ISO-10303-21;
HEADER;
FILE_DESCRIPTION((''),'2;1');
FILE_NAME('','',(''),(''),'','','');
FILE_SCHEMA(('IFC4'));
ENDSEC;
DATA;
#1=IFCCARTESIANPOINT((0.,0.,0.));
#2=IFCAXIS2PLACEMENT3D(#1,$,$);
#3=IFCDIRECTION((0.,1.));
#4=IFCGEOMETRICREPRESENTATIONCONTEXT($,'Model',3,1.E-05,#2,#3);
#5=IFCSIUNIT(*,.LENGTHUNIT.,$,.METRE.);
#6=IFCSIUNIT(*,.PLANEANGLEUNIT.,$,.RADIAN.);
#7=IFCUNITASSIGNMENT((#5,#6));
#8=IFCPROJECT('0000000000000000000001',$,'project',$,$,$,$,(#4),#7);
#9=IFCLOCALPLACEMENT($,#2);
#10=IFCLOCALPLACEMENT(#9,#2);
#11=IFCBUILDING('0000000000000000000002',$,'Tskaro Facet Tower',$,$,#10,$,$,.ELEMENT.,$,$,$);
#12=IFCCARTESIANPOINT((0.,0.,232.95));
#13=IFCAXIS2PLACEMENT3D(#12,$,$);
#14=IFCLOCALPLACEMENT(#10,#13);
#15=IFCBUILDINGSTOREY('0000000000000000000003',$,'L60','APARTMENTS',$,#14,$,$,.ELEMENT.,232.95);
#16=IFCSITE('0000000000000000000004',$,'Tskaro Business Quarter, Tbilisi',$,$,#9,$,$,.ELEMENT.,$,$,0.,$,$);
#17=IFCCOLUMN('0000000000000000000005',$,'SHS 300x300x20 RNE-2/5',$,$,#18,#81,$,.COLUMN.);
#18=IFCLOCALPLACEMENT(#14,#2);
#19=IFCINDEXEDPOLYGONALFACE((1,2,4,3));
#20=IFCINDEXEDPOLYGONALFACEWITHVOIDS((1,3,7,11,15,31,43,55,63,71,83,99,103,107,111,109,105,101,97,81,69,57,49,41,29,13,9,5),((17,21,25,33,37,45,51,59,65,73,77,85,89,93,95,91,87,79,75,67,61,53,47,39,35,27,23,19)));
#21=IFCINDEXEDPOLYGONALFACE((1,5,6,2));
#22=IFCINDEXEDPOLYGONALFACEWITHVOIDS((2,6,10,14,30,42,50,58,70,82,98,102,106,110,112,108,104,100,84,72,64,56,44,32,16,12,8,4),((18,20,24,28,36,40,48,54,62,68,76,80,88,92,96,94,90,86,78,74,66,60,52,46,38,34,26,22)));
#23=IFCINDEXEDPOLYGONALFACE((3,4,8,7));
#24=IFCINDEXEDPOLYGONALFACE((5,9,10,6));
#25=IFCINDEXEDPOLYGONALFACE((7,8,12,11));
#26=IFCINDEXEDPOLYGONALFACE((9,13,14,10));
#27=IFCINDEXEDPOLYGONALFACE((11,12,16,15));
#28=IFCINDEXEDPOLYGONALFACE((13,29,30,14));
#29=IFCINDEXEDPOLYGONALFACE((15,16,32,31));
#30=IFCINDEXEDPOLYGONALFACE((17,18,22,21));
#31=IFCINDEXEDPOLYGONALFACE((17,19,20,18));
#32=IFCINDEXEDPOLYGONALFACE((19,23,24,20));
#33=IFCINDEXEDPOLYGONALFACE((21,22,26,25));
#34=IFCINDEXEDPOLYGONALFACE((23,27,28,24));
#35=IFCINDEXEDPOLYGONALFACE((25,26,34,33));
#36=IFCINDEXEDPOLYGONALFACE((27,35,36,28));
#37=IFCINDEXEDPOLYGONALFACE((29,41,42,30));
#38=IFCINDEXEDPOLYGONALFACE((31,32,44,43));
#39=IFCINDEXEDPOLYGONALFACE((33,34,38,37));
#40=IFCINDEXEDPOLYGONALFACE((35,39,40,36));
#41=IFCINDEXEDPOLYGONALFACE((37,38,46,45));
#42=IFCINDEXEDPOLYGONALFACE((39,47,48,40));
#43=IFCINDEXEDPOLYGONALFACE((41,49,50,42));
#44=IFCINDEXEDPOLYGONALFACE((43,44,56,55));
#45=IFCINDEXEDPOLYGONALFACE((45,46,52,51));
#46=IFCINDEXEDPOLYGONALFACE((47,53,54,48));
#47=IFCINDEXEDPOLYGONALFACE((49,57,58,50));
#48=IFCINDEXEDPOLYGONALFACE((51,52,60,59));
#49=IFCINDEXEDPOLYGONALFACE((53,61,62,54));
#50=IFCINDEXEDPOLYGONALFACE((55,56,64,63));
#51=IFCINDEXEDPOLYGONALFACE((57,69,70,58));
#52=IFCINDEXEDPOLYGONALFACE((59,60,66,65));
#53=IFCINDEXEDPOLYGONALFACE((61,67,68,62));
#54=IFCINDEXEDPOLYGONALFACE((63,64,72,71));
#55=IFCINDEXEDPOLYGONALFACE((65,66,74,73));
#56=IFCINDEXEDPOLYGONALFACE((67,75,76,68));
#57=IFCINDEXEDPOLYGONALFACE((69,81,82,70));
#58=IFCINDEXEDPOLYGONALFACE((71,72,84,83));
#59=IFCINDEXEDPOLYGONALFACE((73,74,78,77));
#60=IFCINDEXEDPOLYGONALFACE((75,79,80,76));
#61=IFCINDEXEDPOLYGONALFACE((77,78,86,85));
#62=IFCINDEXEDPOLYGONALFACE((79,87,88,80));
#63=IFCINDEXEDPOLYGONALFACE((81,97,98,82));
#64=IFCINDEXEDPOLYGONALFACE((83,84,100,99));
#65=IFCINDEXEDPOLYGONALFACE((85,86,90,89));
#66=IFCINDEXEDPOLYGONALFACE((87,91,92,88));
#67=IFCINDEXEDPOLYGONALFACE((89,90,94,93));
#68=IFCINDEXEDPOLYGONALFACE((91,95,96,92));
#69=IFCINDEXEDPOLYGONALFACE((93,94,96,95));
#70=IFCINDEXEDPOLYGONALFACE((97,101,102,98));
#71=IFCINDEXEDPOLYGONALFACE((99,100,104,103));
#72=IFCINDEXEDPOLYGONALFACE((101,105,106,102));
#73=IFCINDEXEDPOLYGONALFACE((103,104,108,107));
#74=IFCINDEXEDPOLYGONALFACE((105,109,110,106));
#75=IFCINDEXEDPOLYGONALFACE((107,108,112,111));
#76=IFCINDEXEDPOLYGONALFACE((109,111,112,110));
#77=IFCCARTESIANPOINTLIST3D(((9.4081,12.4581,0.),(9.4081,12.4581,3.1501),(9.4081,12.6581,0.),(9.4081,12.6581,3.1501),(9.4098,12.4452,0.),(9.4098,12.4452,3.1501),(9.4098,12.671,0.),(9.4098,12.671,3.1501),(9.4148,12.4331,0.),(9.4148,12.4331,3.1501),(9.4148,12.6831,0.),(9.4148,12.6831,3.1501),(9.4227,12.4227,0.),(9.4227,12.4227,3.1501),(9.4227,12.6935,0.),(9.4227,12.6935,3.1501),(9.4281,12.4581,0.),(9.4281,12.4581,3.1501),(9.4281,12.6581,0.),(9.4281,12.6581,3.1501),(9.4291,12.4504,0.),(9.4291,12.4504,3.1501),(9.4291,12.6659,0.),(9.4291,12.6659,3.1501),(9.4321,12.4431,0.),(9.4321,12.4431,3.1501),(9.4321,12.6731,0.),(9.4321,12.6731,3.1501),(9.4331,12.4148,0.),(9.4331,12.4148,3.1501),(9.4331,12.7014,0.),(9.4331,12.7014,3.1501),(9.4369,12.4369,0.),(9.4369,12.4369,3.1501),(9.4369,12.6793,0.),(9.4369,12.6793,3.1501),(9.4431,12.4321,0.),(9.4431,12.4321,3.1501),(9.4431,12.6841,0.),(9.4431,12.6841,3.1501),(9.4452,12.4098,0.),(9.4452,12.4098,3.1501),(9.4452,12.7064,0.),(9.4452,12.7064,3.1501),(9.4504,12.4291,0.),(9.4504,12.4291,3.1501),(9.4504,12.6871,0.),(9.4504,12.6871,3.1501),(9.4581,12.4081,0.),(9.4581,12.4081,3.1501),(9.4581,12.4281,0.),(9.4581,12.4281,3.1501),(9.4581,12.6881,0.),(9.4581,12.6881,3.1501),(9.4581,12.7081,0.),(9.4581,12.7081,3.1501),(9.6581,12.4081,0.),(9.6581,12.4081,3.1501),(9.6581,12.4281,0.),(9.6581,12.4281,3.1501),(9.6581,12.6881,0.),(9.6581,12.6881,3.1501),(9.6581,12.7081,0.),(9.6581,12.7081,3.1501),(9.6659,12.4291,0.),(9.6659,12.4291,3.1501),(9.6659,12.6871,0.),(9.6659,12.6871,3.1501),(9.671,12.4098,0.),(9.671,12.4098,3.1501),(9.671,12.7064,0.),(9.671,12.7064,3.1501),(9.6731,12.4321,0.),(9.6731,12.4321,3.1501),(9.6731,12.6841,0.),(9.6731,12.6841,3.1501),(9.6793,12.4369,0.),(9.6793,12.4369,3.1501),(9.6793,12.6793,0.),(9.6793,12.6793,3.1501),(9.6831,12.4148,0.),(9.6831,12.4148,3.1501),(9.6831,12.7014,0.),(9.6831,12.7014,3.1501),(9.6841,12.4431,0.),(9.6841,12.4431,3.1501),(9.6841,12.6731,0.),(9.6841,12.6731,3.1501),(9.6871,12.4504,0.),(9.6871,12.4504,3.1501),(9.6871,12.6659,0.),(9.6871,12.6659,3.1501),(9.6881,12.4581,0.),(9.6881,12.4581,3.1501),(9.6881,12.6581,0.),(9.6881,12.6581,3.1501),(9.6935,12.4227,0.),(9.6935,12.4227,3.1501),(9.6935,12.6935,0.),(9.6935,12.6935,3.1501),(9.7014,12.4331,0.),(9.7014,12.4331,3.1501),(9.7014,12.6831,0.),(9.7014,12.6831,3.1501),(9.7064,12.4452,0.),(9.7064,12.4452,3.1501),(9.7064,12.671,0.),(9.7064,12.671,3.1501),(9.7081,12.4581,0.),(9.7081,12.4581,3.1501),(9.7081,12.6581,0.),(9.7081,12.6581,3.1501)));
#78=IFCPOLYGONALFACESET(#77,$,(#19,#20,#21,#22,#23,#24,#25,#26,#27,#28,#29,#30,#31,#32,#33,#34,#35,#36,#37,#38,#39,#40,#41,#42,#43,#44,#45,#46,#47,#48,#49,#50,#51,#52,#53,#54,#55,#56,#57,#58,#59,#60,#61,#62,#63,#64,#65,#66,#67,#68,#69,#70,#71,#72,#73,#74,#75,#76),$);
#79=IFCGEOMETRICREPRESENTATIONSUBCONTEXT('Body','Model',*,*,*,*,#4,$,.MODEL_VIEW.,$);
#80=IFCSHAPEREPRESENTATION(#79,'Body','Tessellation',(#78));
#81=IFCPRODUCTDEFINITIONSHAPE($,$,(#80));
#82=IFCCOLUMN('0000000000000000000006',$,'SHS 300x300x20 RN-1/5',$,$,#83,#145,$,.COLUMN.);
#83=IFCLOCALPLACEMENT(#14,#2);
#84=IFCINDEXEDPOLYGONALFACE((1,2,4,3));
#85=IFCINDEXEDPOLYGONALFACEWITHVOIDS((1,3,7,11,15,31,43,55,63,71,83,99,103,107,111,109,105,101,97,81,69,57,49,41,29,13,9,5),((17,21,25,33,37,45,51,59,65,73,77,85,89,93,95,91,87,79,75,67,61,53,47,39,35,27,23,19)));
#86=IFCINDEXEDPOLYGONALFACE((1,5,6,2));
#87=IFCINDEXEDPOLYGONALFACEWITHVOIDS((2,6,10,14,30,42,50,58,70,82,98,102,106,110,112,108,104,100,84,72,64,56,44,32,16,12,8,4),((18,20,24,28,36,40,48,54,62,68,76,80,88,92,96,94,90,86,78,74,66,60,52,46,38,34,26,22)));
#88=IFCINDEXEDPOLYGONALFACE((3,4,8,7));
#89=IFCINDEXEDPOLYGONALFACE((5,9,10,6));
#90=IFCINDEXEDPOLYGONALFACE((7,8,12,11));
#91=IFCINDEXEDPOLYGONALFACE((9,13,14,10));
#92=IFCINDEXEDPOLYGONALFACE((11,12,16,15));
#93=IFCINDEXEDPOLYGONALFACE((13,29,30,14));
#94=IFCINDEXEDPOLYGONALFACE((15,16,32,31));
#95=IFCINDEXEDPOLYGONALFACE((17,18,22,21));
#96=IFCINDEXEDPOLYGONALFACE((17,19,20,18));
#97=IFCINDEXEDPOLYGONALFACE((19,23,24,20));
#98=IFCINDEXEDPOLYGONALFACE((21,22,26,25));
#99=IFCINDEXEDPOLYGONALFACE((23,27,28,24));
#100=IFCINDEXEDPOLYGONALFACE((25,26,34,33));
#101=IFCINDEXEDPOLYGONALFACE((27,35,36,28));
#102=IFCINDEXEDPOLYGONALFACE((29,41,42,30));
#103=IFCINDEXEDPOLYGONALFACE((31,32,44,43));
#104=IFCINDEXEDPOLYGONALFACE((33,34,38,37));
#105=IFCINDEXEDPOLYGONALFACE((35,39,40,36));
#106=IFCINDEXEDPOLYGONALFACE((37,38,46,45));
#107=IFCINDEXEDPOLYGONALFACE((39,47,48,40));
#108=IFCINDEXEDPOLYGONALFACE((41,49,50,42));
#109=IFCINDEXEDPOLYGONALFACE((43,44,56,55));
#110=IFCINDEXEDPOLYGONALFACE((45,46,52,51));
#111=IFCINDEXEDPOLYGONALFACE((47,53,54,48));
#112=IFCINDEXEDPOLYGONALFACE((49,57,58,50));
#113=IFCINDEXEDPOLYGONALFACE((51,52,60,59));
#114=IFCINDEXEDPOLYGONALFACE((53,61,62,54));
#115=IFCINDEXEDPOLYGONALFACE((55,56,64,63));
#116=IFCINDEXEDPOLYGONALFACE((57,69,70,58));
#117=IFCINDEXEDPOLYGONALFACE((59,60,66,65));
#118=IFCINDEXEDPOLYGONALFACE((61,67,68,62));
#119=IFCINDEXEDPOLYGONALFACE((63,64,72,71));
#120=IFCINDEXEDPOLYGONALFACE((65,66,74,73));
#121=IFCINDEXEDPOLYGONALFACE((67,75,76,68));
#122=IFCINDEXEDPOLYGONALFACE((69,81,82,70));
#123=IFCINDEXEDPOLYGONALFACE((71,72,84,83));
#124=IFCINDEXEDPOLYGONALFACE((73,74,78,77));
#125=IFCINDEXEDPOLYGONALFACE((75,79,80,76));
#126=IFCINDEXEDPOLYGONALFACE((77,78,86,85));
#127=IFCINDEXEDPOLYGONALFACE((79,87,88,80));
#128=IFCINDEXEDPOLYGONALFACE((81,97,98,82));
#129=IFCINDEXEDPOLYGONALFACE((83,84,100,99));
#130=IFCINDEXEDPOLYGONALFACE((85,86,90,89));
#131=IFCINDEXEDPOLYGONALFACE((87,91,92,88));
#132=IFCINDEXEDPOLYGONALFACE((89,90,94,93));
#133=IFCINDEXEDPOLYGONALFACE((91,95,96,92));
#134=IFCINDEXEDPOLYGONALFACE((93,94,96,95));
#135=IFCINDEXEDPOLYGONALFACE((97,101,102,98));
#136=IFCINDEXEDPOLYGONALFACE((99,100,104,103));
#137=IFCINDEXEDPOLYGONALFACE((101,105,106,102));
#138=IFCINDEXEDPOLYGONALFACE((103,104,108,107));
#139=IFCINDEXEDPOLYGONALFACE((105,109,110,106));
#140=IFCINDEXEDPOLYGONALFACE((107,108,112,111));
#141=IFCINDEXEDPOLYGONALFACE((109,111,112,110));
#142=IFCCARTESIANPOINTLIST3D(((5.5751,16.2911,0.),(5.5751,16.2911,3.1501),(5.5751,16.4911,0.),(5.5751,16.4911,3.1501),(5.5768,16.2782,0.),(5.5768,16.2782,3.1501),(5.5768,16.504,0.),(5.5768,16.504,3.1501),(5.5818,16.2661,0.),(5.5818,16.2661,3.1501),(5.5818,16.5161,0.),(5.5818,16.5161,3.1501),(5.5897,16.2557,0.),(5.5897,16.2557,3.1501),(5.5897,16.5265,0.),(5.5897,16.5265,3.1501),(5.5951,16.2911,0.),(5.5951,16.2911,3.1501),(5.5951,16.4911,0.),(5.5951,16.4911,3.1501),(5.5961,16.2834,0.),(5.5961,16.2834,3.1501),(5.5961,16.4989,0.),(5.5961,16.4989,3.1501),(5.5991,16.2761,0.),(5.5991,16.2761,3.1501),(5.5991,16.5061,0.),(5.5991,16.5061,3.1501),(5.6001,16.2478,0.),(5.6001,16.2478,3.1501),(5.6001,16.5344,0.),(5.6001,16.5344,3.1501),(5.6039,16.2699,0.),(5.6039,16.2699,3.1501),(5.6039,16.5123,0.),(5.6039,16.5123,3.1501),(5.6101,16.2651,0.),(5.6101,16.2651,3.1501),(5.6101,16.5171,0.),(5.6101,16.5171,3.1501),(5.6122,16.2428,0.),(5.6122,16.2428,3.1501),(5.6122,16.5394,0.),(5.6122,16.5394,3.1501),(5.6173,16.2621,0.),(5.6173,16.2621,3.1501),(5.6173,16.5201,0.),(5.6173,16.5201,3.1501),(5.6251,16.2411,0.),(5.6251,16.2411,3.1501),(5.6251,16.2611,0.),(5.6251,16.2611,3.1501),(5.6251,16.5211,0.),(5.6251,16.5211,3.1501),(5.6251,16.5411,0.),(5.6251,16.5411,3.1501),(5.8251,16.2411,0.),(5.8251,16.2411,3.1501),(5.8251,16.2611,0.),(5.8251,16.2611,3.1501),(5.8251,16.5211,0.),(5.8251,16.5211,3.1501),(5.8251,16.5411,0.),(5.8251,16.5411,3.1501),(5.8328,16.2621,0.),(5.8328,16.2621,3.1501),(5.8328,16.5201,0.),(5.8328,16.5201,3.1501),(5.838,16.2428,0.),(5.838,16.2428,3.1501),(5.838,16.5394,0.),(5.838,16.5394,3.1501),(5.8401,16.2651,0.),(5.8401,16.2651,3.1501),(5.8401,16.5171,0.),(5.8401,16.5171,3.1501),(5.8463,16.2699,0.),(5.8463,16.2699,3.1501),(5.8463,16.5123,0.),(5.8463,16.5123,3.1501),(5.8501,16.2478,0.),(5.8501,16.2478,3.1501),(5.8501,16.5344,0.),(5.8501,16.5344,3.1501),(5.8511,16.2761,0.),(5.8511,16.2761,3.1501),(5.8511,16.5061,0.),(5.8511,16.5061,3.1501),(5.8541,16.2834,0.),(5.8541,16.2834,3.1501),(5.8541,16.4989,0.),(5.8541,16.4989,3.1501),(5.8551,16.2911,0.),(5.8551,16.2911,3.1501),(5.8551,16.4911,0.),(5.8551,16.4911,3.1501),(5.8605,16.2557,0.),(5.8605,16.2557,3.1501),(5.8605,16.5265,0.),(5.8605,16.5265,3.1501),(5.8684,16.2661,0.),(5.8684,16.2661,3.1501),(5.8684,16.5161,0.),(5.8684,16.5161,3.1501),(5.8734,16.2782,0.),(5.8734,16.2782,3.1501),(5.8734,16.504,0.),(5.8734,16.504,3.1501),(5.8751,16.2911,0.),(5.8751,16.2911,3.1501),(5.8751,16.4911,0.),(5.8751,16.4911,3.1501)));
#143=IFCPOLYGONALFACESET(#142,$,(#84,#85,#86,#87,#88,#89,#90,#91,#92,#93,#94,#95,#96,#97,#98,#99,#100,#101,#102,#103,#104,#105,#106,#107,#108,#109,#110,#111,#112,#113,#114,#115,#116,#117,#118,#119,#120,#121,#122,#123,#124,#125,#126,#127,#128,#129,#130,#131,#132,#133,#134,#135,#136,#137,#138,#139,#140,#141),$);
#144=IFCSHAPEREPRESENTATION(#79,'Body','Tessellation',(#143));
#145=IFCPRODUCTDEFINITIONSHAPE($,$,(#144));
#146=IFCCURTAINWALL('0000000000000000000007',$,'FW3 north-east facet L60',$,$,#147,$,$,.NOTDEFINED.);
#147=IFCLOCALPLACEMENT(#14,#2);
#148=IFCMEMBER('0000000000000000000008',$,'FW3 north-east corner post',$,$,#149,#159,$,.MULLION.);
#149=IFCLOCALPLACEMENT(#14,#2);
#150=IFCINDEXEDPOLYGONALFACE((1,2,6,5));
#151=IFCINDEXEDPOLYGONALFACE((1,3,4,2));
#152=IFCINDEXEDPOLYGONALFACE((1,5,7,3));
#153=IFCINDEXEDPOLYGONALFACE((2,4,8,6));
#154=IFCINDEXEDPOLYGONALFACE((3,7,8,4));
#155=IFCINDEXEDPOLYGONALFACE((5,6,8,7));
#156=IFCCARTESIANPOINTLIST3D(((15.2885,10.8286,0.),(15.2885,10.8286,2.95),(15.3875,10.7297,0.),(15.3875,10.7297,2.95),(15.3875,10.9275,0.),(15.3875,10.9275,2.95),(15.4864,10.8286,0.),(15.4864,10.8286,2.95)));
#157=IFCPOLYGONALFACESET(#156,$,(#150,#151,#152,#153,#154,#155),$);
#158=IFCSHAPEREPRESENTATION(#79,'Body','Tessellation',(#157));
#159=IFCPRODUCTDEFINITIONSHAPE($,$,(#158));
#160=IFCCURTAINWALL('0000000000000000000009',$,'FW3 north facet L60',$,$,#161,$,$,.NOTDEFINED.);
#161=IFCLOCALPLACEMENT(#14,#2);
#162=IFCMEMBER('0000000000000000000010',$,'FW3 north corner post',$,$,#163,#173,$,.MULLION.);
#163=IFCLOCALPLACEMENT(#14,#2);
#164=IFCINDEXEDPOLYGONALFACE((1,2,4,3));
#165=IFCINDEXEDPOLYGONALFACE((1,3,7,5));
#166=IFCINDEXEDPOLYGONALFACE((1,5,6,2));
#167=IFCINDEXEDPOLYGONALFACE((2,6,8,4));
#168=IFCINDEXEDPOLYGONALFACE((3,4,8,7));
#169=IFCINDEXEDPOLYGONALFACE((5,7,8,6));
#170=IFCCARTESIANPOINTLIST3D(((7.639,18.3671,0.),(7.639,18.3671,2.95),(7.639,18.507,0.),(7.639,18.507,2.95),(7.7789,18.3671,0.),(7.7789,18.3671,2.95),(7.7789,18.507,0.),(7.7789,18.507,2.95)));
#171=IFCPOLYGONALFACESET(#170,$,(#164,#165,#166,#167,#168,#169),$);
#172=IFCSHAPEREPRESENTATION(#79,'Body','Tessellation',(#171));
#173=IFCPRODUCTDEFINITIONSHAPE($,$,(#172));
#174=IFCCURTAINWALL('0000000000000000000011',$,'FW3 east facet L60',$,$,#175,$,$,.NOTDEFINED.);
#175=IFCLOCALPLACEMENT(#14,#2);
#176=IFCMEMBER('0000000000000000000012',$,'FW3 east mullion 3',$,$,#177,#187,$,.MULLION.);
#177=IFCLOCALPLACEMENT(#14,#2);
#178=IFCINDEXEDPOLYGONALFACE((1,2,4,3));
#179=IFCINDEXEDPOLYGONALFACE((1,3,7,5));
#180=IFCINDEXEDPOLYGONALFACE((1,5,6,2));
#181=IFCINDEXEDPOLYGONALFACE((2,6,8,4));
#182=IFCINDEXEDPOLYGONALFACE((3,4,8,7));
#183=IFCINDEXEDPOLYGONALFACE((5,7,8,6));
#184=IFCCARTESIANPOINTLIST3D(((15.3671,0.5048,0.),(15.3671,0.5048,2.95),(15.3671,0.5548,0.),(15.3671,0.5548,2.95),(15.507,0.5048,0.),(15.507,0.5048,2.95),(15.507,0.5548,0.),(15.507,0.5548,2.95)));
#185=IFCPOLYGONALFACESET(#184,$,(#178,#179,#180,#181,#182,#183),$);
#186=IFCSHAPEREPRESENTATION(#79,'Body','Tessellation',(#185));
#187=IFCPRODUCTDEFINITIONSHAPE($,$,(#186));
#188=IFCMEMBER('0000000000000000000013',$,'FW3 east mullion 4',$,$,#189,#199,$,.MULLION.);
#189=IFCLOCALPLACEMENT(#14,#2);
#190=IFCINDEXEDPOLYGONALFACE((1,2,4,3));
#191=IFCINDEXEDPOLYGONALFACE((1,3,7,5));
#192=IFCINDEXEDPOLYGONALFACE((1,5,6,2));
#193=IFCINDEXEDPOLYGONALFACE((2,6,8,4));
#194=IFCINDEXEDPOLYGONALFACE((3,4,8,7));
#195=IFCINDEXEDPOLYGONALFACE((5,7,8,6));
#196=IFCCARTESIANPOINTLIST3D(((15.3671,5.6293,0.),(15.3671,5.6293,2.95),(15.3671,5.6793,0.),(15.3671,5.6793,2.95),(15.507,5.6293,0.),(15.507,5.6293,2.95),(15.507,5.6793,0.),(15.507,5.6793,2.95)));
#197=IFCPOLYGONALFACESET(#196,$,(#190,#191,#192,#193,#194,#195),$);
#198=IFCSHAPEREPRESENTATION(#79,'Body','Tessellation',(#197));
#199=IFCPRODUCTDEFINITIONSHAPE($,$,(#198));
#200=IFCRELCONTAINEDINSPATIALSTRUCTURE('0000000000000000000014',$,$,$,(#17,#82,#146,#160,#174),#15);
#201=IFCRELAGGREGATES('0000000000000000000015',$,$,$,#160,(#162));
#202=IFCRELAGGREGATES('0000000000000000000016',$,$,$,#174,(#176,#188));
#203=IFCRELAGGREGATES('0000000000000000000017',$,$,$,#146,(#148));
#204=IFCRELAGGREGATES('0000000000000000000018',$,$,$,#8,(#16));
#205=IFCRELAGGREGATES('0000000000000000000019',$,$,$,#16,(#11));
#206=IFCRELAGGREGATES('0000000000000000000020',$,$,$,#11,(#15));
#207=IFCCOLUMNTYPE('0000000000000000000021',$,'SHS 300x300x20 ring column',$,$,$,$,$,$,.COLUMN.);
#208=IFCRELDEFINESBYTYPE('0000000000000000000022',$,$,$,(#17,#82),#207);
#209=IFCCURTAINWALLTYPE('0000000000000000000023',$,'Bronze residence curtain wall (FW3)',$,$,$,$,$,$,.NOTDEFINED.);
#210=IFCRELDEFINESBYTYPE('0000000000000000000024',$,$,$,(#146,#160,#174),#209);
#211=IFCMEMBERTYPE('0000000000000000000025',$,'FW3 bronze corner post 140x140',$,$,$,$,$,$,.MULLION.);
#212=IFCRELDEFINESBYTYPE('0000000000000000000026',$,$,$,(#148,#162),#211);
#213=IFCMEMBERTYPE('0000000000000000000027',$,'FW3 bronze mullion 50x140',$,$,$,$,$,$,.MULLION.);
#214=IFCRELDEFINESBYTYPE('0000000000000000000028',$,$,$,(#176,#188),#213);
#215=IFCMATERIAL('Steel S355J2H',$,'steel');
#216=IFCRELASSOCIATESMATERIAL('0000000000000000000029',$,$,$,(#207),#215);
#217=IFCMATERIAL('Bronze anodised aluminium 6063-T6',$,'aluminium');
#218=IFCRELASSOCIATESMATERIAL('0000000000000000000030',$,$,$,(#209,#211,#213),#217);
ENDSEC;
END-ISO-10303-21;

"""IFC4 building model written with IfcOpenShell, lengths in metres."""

from ifc_helpers import new_model, si_unit, direction, frame, origin, origin_2d, place, context, subcontext, project, spatial, rectangle, hollow_rectangle, extrude, material, material_profile, profile_set, type_object, element, aggregate, save


model = new_model("IFC4")

# Units and contexts
model_context = context("Model", 3, precision=1e-05, world=origin(), true_north=direction((0.0, 1.0)))
body_context = subcontext(model_context, "Body", "Model", "MODEL_VIEW")
ifc_project = project(units=[si_unit("LENGTHUNIT", "METRE"), si_unit("PLANEANGLEUNIT", "RADIAN")], contexts=[model_context])

# Site, building, storey
site_placement = place(None, origin())
site = spatial("IfcSite", under=ifc_project, at=site_placement, Name="Tskaro Business Quarter, Tbilisi", CompositionType="ELEMENT", RefElevation=0.0)
building_placement = place(site_placement, origin())
building = spatial("IfcBuilding", under=site, at=building_placement, Name="Tskaro Facet Tower", CompositionType="ELEMENT")
storey_placement = place(building_placement, frame((0.0, 0.0, 232.95)))
storey = spatial("IfcBuildingStorey", under=building, at=storey_placement, Name="L60", Description="APARTMENTS", CompositionType="ELEMENT", Elevation=232.95)

# Columns
ifc_material_1 = material(Name="Steel S355J2H", Category="steel")
ifc_material_profile_1 = material_profile(ifc_material_1, hollow_rectangle(XDim=0.3, YDim=0.3, WallThickness=0.02, InnerFilletRadius=0.03, OuterFilletRadius=0.05, at=origin_2d()), Name="SHS 300x300x20")
ifc_profile_set_1 = profile_set([ifc_material_profile_1], Name="Steel S355J2H")
column_type_1 = type_object("IfcColumnType", Name="SHS 300x300x20 ring column", PredefinedType="COLUMN", material=ifc_profile_set_1)
for number, where, z_axis, x_axis, name in (
    (1, (9.5581, 12.5581, 0.0), (0.0, 0.0, 1.0), (1.0, 0.0, 0.0), "SHS 300x300x20 RNE-2/5"),
    (2, (5.7251, 16.3911, 0.0), (0.0, 0.0, 1.0), (1.0, 0.0, 0.0), "SHS 300x300x20 RN-1/5"),
):
    element("IfcColumn", number, at=place(storey_placement, frame(where, z_axis=z_axis, x_axis=x_axis)), inside=storey, type_object=column_type_1, Name=name, PredefinedType="COLUMN", context=body_context, shape_type="SweptSolid", body=[
        extrude(hollow_rectangle(XDim=0.3, YDim=0.3, WallThickness=0.02, InnerFilletRadius=0.03, OuterFilletRadius=0.05, at=origin_2d()), origin(), (0.0, 0.0, 1.0), 3.1501),
    ])

# Curtain walls, members
ifc_material_2 = material(Name="Bronze anodised aluminium 6063-T6", Category="aluminium")
curtain_wall_type = type_object("IfcCurtainWallType", Name="Bronze residence curtain wall (FW3)", PredefinedType="NOTDEFINED", material=ifc_material_2)
curtain_wall_1_placement = place(storey_placement, origin())
curtain_wall_1 = element("IfcCurtainWall", 3, at=curtain_wall_1_placement, inside=storey, type_object=curtain_wall_type, Name="FW3 north-east facet L60", PredefinedType="NOTDEFINED")
ifc_material_profile_2 = material_profile(ifc_material_2, rectangle(XDim=0.1399, YDim=0.1399, at=origin_2d()), Name="Corner post 140x140")
ifc_profile_set_2 = profile_set([ifc_material_profile_2], Name="Bronze anodised aluminium 6063-T6")
member_type_1 = type_object("IfcMemberType", Name="FW3 bronze corner post 140x140", PredefinedType="MULLION", material=ifc_profile_set_2)
member_1_placement = place(storey_placement, frame((15.3875, 10.8286, 0.0), z_axis=(0.0, 0.0, 1.0), x_axis=(-0.707107, 0.707107, 0.0)))
member_1 = element("IfcMember", 4, at=member_1_placement, type_object=member_type_1, Name="FW3 north-east corner post", PredefinedType="MULLION", context=body_context, shape_type="SweptSolid", body=[
    extrude(rectangle(XDim=0.1399, YDim=0.1399, at=origin_2d()), origin(), (0.0, 0.0, 1.0), 2.95),
])
curtain_wall_2_placement = place(storey_placement, origin())
curtain_wall_2 = element("IfcCurtainWall", 5, at=curtain_wall_2_placement, inside=storey, type_object=curtain_wall_type, Name="FW3 north facet L60", PredefinedType="NOTDEFINED")
member_2_placement = place(storey_placement, frame((7.709, 18.437, 0.0), z_axis=(0.0, 0.0, 1.0), x_axis=(-1.0, 0.0, 0.0)))
member_2 = element("IfcMember", 6, at=member_2_placement, type_object=member_type_1, Name="FW3 north corner post", PredefinedType="MULLION", context=body_context, shape_type="SweptSolid", body=[
    extrude(rectangle(XDim=0.1399, YDim=0.1399, at=origin_2d()), origin(), (0.0, 0.0, 1.0), 2.95),
])

# Curtain wall, members
curtain_wall_3_placement = place(storey_placement, origin())
curtain_wall_3 = element("IfcCurtainWall", 7, at=curtain_wall_3_placement, inside=storey, type_object=curtain_wall_type, Name="FW3 east facet L60", PredefinedType="NOTDEFINED")
ifc_material_profile_3 = material_profile(ifc_material_2, rectangle(XDim=0.05, YDim=0.1399, at=origin_2d()), Name="Mullion 50x140")
ifc_profile_set_3 = profile_set([ifc_material_profile_3], Name="Bronze anodised aluminium 6063-T6")
member_type_2 = type_object("IfcMemberType", Name="FW3 bronze mullion 50x140", PredefinedType="MULLION", material=ifc_profile_set_3)
member_3_placement = place(storey_placement, frame((15.437, 0.5298, 0.0), z_axis=(0.0, 0.0, 1.0), x_axis=(0.0, 1.0, 0.0)))
member_3 = element("IfcMember", 8, at=member_3_placement, type_object=member_type_2, Name="FW3 east mullion 3", PredefinedType="MULLION", context=body_context, shape_type="SweptSolid", body=[
    extrude(rectangle(XDim=0.05, YDim=0.1399, at=origin_2d()), origin(), (0.0, 0.0, 1.0), 2.95),
])
member_4_placement = place(storey_placement, frame((15.437, 5.6543, 0.0), z_axis=(0.0, 0.0, 1.0), x_axis=(0.0, 1.0, 0.0)))
member_4 = element("IfcMember", 9, at=member_4_placement, type_object=member_type_2, Name="FW3 east mullion 4", PredefinedType="MULLION", context=body_context, shape_type="SweptSolid", body=[
    extrude(rectangle(XDim=0.05, YDim=0.1399, at=origin_2d()), origin(), (0.0, 0.0, 1.0), 2.95),
])

aggregate(curtain_wall_2, [member_2])

aggregate(curtain_wall_3, [member_3, member_4])
aggregate(curtain_wall_1, [member_1])

save(model, "model.ifc")
